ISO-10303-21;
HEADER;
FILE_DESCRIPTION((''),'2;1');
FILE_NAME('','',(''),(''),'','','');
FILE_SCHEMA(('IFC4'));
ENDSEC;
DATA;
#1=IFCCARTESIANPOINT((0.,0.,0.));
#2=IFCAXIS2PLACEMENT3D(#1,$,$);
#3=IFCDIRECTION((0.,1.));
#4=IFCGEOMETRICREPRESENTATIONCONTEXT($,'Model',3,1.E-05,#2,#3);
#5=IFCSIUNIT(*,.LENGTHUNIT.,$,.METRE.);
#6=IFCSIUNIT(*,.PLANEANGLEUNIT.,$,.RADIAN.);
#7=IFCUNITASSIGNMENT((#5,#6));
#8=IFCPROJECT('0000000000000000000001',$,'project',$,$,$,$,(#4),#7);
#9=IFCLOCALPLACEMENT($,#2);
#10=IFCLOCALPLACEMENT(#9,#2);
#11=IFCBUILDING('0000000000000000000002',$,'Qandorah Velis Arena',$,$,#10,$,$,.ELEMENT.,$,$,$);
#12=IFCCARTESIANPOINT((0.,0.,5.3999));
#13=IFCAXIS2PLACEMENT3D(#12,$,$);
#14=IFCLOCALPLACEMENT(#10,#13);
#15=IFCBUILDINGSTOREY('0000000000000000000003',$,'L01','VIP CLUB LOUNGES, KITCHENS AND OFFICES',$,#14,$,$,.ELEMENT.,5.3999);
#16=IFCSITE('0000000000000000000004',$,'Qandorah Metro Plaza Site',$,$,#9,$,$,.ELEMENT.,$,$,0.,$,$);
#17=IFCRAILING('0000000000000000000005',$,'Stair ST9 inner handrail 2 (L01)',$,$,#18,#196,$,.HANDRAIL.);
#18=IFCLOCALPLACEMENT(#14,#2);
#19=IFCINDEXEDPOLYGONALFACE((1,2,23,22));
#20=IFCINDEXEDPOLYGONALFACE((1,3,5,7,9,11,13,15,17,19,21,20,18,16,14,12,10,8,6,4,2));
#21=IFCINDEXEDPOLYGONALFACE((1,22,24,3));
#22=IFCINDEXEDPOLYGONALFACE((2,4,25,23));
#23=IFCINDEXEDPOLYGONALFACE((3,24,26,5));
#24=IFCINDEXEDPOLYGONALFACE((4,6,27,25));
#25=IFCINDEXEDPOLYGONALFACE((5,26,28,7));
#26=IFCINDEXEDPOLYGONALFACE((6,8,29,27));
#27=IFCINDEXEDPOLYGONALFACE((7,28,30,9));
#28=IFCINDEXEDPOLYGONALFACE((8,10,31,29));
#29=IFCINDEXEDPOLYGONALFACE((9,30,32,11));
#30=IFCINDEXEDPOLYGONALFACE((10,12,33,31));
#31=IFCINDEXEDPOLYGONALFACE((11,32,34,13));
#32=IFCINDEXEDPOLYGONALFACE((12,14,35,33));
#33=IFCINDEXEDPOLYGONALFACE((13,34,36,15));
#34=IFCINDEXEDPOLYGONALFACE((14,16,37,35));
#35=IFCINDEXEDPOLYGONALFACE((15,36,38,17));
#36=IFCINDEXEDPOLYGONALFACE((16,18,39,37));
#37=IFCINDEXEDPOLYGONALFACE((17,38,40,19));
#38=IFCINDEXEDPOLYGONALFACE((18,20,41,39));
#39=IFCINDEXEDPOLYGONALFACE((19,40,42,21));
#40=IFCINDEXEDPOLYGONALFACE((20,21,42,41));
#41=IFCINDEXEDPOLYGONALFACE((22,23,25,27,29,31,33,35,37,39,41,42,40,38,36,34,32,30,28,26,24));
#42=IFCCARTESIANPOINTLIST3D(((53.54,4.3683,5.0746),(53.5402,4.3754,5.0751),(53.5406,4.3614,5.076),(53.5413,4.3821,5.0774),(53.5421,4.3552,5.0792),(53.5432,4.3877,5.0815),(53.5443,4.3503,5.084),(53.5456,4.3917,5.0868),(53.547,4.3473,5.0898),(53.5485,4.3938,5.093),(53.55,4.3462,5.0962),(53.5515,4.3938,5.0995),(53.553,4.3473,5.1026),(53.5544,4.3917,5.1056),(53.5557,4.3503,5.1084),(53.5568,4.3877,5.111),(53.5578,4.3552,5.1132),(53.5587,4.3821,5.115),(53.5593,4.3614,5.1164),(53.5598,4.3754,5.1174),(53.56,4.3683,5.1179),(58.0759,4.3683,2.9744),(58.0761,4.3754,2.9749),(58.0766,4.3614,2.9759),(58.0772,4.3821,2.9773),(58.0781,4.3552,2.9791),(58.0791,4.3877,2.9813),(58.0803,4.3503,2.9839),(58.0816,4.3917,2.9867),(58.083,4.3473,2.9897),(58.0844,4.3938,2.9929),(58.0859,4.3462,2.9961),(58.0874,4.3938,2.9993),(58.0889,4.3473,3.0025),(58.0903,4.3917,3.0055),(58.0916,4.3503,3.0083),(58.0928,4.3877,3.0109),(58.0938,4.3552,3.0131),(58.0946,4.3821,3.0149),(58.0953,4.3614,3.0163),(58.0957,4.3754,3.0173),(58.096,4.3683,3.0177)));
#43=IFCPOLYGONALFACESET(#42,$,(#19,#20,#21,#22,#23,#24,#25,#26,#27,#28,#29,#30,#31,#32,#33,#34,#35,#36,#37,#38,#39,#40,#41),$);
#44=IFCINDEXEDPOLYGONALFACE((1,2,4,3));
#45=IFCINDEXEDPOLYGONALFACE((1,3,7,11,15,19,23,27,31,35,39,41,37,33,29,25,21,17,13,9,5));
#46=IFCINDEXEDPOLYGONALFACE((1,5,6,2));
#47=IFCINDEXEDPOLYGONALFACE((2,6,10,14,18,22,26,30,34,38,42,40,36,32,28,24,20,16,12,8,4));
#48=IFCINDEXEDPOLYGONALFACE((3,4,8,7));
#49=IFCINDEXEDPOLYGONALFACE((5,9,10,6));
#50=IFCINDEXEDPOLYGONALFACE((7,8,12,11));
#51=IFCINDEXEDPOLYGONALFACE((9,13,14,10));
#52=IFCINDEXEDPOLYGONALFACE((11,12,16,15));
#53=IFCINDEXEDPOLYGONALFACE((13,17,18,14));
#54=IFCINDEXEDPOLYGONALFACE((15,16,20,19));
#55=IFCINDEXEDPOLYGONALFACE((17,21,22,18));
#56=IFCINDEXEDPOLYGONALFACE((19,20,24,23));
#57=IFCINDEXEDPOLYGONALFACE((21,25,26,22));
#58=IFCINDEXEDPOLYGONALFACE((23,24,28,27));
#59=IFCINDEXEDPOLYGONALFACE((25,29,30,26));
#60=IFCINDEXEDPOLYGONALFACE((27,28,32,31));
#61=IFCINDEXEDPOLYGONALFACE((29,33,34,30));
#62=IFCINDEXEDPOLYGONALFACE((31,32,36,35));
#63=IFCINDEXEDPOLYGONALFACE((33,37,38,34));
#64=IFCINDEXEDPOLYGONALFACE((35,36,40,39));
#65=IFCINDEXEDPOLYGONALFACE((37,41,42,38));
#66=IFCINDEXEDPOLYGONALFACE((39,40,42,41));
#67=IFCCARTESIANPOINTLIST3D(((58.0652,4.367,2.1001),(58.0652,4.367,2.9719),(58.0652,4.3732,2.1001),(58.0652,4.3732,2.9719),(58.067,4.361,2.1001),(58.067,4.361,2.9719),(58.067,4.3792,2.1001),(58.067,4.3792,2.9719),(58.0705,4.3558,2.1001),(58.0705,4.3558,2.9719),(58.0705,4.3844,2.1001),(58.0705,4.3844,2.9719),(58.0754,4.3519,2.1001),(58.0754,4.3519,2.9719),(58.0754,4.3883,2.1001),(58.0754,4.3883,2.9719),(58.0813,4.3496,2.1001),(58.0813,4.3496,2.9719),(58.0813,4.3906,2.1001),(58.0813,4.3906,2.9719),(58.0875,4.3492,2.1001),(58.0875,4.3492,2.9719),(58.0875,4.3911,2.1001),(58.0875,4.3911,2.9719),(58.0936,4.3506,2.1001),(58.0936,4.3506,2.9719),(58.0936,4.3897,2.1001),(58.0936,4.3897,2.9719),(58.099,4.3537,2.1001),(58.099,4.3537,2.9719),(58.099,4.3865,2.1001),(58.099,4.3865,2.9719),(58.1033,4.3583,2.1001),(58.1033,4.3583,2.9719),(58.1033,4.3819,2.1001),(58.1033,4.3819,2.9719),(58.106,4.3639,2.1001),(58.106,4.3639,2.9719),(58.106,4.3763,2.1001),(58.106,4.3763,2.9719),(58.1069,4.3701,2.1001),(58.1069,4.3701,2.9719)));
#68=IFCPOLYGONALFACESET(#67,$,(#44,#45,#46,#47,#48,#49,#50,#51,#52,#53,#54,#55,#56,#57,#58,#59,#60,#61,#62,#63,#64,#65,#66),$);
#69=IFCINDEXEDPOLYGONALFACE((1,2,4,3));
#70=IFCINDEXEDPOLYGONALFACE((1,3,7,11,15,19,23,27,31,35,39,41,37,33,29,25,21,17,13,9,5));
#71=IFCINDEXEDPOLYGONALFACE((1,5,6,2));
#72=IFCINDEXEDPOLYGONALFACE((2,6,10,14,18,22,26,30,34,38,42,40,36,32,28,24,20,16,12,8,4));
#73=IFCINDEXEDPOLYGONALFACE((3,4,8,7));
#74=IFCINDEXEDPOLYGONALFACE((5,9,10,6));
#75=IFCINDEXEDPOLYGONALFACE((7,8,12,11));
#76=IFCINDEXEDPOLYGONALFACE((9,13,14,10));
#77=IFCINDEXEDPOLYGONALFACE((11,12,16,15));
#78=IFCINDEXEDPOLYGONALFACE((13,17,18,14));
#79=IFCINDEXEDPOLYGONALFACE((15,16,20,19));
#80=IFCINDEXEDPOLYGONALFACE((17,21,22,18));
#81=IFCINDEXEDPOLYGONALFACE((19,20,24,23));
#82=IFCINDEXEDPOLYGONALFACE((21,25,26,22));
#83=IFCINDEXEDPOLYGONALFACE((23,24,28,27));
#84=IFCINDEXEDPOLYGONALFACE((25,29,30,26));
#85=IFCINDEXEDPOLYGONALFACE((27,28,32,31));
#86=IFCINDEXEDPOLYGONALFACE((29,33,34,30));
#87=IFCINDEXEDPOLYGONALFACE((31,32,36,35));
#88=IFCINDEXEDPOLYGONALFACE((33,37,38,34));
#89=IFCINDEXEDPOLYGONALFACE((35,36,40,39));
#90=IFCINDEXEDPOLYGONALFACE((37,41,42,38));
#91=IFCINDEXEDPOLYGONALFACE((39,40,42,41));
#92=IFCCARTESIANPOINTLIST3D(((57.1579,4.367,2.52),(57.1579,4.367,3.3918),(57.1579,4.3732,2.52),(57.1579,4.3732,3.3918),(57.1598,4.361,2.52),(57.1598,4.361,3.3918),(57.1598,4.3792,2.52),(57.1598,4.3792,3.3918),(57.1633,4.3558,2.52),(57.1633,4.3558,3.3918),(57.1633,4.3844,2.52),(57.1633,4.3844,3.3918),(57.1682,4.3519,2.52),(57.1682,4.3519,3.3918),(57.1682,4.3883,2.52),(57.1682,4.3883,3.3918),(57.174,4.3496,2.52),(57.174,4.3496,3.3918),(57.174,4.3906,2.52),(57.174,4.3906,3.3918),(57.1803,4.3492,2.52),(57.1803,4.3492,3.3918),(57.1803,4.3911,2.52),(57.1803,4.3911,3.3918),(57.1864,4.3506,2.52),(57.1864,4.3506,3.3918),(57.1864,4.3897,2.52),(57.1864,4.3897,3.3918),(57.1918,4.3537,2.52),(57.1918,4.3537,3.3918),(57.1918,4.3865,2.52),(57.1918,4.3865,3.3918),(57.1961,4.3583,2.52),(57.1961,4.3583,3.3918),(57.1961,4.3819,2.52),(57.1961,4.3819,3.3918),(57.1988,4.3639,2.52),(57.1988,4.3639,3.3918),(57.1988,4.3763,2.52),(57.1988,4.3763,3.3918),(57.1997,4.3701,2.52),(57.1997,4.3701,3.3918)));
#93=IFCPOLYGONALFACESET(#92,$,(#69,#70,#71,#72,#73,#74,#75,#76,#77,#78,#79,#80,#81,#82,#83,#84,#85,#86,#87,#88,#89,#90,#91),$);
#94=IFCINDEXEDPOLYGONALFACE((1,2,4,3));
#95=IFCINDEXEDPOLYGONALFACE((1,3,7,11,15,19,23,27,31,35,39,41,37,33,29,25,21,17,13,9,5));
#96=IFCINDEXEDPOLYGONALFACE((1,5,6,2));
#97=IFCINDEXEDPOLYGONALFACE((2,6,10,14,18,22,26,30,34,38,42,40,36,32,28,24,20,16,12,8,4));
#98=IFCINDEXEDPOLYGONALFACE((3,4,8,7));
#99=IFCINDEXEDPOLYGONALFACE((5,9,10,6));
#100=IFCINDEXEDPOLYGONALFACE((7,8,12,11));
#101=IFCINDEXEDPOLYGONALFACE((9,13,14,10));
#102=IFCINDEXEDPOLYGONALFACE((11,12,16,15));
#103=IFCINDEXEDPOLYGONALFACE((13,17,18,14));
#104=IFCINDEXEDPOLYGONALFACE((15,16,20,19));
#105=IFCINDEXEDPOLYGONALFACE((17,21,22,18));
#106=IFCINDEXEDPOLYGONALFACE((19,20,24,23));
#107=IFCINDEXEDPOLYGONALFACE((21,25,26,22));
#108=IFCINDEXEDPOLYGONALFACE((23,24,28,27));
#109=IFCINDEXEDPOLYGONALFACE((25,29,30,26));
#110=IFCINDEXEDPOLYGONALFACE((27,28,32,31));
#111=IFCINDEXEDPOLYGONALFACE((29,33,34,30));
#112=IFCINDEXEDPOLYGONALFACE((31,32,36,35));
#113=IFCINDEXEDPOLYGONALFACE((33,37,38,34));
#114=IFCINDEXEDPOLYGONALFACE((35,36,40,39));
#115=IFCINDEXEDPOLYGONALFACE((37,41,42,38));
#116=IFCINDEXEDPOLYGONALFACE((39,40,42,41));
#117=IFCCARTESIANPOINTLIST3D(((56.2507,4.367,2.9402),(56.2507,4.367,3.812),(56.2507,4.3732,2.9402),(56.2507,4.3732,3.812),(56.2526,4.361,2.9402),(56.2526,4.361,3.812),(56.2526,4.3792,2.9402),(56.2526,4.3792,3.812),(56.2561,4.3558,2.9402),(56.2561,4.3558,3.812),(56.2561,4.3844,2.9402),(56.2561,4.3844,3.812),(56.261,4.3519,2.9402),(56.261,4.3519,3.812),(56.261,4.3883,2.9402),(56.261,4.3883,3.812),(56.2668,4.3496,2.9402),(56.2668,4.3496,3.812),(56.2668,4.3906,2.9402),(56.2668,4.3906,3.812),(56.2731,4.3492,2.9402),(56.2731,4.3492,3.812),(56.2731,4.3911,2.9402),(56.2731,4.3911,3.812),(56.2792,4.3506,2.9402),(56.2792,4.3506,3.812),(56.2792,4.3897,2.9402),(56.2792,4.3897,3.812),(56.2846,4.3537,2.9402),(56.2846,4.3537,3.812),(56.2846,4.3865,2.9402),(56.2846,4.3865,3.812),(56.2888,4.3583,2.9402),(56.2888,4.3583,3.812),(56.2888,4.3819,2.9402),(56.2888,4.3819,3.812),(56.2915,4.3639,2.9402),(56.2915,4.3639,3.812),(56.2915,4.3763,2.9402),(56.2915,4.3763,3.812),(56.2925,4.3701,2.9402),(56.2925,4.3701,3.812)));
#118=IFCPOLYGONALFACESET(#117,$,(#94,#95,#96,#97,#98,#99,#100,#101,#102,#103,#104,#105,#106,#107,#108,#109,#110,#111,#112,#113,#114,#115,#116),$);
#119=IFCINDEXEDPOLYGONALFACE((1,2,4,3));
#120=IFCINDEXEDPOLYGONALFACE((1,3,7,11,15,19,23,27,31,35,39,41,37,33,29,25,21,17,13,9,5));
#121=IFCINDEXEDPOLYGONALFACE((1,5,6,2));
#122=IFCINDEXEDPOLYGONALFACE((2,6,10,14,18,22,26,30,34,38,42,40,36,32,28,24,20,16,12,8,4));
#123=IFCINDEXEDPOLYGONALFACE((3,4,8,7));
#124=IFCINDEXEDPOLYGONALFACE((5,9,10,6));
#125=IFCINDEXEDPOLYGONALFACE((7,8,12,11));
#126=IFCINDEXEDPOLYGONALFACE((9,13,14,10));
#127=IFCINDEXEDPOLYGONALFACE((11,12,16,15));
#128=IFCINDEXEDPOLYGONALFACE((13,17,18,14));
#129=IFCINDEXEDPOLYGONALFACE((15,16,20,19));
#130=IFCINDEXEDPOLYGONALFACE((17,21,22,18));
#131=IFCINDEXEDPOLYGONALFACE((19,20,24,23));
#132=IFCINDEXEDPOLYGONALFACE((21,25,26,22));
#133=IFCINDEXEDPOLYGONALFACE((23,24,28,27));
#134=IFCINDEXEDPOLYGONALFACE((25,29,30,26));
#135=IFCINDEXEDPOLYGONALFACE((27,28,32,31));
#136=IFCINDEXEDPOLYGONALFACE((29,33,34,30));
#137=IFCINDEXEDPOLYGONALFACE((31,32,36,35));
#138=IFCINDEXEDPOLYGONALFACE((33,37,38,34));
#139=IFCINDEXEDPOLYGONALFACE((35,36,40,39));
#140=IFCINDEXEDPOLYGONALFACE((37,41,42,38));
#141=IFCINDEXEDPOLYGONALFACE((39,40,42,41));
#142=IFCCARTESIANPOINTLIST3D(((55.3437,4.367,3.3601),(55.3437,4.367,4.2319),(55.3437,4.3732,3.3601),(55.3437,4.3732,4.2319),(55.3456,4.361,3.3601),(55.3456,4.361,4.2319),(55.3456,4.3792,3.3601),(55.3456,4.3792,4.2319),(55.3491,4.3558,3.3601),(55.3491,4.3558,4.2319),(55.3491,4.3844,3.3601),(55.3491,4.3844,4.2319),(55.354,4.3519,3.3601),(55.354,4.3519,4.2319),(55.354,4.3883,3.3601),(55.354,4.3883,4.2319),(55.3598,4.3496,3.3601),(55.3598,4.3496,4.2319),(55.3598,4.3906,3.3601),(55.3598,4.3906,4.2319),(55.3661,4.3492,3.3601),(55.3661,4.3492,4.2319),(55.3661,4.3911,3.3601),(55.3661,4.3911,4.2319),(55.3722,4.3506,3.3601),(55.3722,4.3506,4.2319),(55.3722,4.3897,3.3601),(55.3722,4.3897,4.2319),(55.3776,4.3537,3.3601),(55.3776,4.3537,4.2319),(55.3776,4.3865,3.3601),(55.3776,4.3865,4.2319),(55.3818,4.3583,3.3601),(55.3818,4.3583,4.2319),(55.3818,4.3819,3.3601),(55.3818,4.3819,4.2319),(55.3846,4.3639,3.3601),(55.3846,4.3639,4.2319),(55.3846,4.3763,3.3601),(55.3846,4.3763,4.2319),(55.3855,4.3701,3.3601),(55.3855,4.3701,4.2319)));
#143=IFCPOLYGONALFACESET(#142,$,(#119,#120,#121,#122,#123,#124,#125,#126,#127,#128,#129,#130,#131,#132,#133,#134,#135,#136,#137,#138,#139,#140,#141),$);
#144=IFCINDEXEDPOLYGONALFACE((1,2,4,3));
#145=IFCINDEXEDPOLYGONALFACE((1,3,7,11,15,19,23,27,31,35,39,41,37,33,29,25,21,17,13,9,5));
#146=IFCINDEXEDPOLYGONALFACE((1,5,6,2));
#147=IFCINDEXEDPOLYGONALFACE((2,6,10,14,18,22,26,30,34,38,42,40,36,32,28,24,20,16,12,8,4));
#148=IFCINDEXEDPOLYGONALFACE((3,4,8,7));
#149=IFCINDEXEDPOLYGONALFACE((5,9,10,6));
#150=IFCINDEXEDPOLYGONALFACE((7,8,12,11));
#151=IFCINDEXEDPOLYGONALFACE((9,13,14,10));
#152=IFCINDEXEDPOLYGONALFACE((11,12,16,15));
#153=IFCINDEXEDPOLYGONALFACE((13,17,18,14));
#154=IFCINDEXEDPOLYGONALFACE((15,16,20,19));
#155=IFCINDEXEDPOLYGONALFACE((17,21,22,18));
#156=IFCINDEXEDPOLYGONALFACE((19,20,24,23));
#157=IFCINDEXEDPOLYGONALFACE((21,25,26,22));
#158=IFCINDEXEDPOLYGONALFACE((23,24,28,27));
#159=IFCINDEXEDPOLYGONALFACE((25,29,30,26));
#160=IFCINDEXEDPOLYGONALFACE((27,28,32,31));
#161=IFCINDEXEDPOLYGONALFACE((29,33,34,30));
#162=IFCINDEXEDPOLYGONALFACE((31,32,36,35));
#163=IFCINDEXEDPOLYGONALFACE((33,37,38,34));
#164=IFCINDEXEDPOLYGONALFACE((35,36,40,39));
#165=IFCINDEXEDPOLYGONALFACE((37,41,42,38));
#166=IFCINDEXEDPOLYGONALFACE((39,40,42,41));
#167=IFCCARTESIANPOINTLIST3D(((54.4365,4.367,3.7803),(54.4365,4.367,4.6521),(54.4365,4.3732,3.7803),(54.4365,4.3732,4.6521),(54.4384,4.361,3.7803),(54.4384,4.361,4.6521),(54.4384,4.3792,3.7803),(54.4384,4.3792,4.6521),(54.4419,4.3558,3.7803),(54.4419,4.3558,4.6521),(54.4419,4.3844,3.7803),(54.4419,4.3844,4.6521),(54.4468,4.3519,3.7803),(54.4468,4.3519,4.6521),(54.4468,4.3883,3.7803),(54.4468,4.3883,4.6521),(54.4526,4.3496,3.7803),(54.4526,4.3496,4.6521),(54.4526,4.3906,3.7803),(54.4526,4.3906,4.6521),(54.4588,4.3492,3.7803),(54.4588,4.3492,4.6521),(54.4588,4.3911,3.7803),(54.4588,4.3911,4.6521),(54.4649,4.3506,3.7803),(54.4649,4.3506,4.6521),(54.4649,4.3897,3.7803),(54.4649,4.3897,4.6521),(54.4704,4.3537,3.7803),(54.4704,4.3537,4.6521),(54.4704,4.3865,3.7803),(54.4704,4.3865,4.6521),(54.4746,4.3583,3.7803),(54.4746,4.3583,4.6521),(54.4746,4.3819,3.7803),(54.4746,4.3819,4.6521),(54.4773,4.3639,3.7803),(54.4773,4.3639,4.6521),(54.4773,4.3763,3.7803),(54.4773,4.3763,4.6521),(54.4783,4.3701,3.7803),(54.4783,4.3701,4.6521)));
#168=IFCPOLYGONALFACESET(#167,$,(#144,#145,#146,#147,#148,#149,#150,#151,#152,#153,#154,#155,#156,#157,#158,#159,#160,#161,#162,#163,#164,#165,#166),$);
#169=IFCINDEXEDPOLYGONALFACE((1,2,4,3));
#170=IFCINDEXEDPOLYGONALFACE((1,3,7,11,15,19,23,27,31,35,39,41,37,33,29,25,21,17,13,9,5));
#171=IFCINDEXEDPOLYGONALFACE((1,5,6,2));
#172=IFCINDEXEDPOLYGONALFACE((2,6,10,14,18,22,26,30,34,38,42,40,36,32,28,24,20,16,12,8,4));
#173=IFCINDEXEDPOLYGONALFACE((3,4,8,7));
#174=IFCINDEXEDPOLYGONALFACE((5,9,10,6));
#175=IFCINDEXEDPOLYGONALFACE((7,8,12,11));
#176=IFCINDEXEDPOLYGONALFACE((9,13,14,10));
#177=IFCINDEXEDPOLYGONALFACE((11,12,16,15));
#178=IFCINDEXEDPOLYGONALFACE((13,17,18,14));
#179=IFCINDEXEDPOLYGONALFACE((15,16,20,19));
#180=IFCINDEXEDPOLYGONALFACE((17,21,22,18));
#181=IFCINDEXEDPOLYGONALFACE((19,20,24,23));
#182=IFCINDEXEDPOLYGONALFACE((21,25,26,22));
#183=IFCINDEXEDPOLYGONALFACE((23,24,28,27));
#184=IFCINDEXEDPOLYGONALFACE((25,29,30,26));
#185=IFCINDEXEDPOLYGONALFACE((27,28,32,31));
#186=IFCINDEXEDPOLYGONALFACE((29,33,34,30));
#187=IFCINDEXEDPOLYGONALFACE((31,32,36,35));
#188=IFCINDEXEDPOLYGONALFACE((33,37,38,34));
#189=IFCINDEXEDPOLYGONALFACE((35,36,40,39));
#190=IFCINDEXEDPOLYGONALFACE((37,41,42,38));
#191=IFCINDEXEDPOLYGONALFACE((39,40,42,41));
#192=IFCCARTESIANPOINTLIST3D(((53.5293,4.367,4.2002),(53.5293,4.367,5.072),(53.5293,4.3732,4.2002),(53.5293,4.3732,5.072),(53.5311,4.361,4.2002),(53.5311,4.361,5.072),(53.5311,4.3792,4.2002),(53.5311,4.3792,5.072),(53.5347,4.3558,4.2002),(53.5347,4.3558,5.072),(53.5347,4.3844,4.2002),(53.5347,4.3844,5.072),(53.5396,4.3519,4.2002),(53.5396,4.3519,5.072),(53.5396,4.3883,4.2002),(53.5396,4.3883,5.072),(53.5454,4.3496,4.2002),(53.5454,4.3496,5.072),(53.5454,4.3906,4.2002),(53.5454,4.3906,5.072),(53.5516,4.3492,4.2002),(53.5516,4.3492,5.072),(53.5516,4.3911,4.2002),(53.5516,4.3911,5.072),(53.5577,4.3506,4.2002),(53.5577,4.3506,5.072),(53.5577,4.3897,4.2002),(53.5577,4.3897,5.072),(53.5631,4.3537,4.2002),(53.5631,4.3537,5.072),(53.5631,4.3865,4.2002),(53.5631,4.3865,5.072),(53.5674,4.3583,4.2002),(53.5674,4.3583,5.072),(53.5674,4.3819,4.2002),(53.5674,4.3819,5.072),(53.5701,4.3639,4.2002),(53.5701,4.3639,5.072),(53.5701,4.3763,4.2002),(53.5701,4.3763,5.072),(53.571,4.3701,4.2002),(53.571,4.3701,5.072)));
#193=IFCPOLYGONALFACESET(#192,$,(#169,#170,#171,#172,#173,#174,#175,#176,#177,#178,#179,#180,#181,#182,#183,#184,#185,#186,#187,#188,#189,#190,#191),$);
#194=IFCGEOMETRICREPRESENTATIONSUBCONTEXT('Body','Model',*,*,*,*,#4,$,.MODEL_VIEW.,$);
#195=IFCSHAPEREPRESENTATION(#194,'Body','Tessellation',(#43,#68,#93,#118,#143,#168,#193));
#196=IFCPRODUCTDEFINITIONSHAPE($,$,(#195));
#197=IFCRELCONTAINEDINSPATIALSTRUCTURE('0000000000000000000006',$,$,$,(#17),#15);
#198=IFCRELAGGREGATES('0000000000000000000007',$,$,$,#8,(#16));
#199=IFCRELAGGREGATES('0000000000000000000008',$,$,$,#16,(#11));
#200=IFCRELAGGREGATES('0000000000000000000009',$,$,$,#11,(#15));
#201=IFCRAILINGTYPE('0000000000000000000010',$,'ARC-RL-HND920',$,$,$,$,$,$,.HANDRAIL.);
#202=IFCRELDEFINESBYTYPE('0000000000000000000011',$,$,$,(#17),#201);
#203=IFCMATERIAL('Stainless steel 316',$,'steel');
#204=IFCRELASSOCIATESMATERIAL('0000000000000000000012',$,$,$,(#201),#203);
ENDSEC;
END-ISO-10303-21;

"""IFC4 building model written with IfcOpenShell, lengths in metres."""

from ifc_helpers import new_model, si_unit, direction, frame, origin, origin_2d, place, context, subcontext, project, spatial, circle, extrude, material, type_object, element, save


model = new_model("IFC4")

# Units and contexts
model_context = context("Model", 3, precision=1e-05, world=origin(), true_north=direction((0.0, 1.0)))
body_context = subcontext(model_context, "Body", "Model", "MODEL_VIEW")
ifc_project = project(units=[si_unit("LENGTHUNIT", "METRE"), si_unit("PLANEANGLEUNIT", "RADIAN")], contexts=[model_context])

# Site, building, storey
site_placement = place(None, origin())
site = spatial("IfcSite", under=ifc_project, at=site_placement, Name="Qandorah Metro Plaza Site", CompositionType="ELEMENT", RefElevation=0.0)
building_placement = place(site_placement, origin())
building = spatial("IfcBuilding", under=site, at=building_placement, Name="Qandorah Velis Arena", CompositionType="ELEMENT")
storey_placement = place(building_placement, frame((0.0, 0.0, 5.3999)))
storey = spatial("IfcBuildingStorey", under=building, at=storey_placement, Name="L01", Description="VIP CLUB LOUNGES, KITCHENS AND OFFICES", CompositionType="ELEMENT", Elevation=5.3999)

# Railing
ifc_material_1 = material(Name="Stainless steel 316", Category="steel")
railing_type_1 = type_object("IfcRailingType", Name="ARC-RL-HND920", PredefinedType="HANDRAIL", material=ifc_material_1)
railing_1_placement = place(storey_placement, frame((58.0859, 4.3701, 2.1001)))
element("IfcRailing", 1, at=railing_1_placement, inside=storey, type_object=railing_type_1, Name="Stair ST9 inner handrail 2 (L01)", PredefinedType="HANDRAIL", context=body_context, shape_type="SweptSolid", body=[
    extrude(circle(Radius=0.0239, at=origin_2d()), frame((0.0, 0.0, 0.896), z_axis=(-0.907456, 0.0, 0.420148), x_axis=(0.0, -1.0, 0.0)), (0.0, 0.0, 1.0), 4.9985),
    extrude(circle(Radius=0.021, at=origin_2d()), origin(), (0.0, 0.0, 1.0), 0.8718),
    extrude(circle(Radius=0.021, at=origin_2d()), frame((-0.9072, 0.0, 0.4199)), (0.0, 0.0, 1.0), 0.8718),
    extrude(circle(Radius=0.021, at=origin_2d()), frame((-1.8145, 0.0, 0.8401)), (0.0, 0.0, 1.0), 0.8718),
    extrude(circle(Radius=0.021, at=origin_2d()), frame((-2.7214, 0.0, 1.26)), (0.0, 0.0, 1.0), 0.8718),
    extrude(circle(Radius=0.021, at=origin_2d()), frame((-3.6287, 0.0, 1.6802)), (0.0, 0.0, 1.0), 0.8718),
    extrude(circle(Radius=0.021, at=origin_2d()), frame((-4.5359, 0.0, 2.1001)), (0.0, 0.0, 1.0), 0.8718),
])

save(model, "model.ifc")
